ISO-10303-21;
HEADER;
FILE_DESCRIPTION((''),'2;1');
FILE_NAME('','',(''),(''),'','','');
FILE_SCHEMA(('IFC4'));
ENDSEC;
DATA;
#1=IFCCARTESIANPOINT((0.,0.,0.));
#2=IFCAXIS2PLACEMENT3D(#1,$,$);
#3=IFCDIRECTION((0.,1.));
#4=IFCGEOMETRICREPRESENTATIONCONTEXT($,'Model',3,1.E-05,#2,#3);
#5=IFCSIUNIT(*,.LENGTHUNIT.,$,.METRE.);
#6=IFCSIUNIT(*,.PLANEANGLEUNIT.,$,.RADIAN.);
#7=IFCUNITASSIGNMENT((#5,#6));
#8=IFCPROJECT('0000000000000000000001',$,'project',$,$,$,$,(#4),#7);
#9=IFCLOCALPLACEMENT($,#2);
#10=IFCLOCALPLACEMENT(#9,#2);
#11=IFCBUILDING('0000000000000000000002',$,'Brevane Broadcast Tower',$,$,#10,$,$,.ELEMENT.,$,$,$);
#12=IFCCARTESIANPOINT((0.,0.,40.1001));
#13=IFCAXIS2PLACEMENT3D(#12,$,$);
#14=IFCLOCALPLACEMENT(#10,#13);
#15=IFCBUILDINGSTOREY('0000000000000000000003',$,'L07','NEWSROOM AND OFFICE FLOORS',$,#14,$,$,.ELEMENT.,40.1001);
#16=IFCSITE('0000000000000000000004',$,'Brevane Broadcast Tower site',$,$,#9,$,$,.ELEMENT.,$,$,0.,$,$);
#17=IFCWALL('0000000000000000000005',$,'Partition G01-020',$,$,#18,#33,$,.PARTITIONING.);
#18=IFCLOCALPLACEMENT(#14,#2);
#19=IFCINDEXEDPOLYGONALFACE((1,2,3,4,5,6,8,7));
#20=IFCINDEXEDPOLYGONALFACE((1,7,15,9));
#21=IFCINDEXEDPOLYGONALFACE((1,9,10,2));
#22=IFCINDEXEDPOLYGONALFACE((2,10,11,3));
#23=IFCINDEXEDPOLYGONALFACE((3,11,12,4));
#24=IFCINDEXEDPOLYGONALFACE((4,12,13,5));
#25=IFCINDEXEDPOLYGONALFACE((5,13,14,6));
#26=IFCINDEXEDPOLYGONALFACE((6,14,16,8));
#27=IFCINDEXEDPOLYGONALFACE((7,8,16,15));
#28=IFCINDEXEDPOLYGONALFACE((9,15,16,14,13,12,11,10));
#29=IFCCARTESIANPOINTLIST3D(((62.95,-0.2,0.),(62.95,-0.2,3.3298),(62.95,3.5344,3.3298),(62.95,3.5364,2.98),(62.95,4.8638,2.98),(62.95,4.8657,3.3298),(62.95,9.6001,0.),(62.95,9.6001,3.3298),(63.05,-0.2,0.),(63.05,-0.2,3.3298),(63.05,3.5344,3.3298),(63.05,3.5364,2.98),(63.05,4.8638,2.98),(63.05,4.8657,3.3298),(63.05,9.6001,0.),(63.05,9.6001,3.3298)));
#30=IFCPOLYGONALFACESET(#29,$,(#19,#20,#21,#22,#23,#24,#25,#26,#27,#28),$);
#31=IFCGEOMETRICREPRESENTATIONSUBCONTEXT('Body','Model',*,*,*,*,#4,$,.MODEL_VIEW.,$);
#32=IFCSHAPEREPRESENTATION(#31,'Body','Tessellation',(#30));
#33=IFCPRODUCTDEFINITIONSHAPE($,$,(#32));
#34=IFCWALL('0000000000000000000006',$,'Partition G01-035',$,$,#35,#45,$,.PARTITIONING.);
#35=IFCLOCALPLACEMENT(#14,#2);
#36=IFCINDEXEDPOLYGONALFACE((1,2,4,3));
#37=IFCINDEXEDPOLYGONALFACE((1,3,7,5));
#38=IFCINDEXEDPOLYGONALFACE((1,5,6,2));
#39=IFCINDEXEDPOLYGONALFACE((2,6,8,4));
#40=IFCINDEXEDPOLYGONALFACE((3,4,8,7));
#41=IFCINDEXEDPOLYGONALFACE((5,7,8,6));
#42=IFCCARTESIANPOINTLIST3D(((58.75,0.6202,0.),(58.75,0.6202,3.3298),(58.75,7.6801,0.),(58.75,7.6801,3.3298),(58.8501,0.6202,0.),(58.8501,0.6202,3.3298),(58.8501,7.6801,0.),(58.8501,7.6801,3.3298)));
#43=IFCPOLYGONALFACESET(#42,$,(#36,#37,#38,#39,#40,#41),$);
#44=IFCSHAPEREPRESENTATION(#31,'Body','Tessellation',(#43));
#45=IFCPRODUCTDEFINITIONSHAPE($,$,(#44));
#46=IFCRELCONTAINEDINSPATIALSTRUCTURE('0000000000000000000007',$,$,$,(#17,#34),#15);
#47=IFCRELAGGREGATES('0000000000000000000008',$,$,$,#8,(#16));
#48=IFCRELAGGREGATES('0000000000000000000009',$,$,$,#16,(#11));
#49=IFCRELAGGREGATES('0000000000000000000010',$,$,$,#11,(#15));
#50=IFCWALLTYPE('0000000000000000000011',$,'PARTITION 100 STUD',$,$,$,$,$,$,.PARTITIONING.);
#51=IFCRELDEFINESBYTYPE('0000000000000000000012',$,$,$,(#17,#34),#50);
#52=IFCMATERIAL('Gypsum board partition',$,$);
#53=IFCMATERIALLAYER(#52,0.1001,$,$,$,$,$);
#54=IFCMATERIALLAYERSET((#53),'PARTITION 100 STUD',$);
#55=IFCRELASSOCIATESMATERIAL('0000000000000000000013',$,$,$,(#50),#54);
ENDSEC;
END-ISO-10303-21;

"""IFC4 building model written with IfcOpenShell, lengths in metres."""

from ifc_helpers import new_model, si_unit, direction, frame, frame_2d, origin, place, context, subcontext, project, spatial, polyline, rectangle, outline, extrude, material, layer, layer_set, type_object, element, save


model = new_model("IFC4")

# Units and contexts
model_context = context("Model", 3, precision=1e-05, world=origin(), true_north=direction((0.0, 1.0)))
body_context = subcontext(model_context, "Body", "Model", "MODEL_VIEW")
ifc_project = project(units=[si_unit("LENGTHUNIT", "METRE"), si_unit("PLANEANGLEUNIT", "RADIAN")], contexts=[model_context])

# Site, building, storey
site_placement = place(None, origin())
site = spatial("IfcSite", under=ifc_project, at=site_placement, Name="Brevane Broadcast Tower site", CompositionType="ELEMENT", RefElevation=0.0)
building_placement = place(site_placement, origin())
building = spatial("IfcBuilding", under=site, at=building_placement, Name="Brevane Broadcast Tower", CompositionType="ELEMENT")
storey_placement = place(building_placement, frame((0.0, 0.0, 40.1001)))
storey = spatial("IfcBuildingStorey", under=building, at=storey_placement, Name="L07", Description="NEWSROOM AND OFFICE FLOORS", CompositionType="ELEMENT", Elevation=40.1001)

# Walls
ifc_material_1 = material(Name="Gypsum board partition")
ifc_layer = layer(ifc_material_1, 0.1001)
ifc_layer_set = layer_set([ifc_layer], Name="PARTITION 100 STUD")
wall_type = type_object("IfcWallType", Name="PARTITION 100 STUD", PredefinedType="PARTITIONING", material=ifc_layer_set)
wall_1_placement = place(storey_placement, frame((63.0, -0.2, 0.0), z_axis=(0.0, 0.0, 1.0), x_axis=(0.0, 1.0, 0.0)))
element("IfcWall", 1, at=wall_1_placement, inside=storey, type_object=wall_type, Name="Partition G01-020", PredefinedType="PARTITIONING", context=body_context, shape_type="SweptSolid", body=[
    extrude(outline(polyline([(0.0, 0.0), (9.8, 0.0), (9.8, 3.3298), (5.0657, 3.3298), (5.0637, 2.98), (3.7363, 2.98), (3.7344, 3.3298), (0.0, 3.3298), (0.0, 0.0)])), frame((0.0, 0.05, 0.0), z_axis=(0.0, -1.0, 0.0), x_axis=(1.0, 0.0, 0.0)), (0.0, 0.0, 1.0), 0.1001),
])
wall_2_placement = place(storey_placement, frame((58.8, 7.6799, 0.0), z_axis=(0.0, 0.0, 1.0), x_axis=(0.0, -1.0, 0.0)))
element("IfcWall", 2, at=wall_2_placement, inside=storey, type_object=wall_type, Name="Partition G01-035", PredefinedType="PARTITIONING", context=body_context, shape_type="SweptSolid", body=[
    extrude(rectangle(XDim=7.0598, YDim=0.1001, at=frame_2d((3.5298, 0.0))), origin(), (0.0, 0.0, 1.0), 3.3298),
])

save(model, "model.ifc")
